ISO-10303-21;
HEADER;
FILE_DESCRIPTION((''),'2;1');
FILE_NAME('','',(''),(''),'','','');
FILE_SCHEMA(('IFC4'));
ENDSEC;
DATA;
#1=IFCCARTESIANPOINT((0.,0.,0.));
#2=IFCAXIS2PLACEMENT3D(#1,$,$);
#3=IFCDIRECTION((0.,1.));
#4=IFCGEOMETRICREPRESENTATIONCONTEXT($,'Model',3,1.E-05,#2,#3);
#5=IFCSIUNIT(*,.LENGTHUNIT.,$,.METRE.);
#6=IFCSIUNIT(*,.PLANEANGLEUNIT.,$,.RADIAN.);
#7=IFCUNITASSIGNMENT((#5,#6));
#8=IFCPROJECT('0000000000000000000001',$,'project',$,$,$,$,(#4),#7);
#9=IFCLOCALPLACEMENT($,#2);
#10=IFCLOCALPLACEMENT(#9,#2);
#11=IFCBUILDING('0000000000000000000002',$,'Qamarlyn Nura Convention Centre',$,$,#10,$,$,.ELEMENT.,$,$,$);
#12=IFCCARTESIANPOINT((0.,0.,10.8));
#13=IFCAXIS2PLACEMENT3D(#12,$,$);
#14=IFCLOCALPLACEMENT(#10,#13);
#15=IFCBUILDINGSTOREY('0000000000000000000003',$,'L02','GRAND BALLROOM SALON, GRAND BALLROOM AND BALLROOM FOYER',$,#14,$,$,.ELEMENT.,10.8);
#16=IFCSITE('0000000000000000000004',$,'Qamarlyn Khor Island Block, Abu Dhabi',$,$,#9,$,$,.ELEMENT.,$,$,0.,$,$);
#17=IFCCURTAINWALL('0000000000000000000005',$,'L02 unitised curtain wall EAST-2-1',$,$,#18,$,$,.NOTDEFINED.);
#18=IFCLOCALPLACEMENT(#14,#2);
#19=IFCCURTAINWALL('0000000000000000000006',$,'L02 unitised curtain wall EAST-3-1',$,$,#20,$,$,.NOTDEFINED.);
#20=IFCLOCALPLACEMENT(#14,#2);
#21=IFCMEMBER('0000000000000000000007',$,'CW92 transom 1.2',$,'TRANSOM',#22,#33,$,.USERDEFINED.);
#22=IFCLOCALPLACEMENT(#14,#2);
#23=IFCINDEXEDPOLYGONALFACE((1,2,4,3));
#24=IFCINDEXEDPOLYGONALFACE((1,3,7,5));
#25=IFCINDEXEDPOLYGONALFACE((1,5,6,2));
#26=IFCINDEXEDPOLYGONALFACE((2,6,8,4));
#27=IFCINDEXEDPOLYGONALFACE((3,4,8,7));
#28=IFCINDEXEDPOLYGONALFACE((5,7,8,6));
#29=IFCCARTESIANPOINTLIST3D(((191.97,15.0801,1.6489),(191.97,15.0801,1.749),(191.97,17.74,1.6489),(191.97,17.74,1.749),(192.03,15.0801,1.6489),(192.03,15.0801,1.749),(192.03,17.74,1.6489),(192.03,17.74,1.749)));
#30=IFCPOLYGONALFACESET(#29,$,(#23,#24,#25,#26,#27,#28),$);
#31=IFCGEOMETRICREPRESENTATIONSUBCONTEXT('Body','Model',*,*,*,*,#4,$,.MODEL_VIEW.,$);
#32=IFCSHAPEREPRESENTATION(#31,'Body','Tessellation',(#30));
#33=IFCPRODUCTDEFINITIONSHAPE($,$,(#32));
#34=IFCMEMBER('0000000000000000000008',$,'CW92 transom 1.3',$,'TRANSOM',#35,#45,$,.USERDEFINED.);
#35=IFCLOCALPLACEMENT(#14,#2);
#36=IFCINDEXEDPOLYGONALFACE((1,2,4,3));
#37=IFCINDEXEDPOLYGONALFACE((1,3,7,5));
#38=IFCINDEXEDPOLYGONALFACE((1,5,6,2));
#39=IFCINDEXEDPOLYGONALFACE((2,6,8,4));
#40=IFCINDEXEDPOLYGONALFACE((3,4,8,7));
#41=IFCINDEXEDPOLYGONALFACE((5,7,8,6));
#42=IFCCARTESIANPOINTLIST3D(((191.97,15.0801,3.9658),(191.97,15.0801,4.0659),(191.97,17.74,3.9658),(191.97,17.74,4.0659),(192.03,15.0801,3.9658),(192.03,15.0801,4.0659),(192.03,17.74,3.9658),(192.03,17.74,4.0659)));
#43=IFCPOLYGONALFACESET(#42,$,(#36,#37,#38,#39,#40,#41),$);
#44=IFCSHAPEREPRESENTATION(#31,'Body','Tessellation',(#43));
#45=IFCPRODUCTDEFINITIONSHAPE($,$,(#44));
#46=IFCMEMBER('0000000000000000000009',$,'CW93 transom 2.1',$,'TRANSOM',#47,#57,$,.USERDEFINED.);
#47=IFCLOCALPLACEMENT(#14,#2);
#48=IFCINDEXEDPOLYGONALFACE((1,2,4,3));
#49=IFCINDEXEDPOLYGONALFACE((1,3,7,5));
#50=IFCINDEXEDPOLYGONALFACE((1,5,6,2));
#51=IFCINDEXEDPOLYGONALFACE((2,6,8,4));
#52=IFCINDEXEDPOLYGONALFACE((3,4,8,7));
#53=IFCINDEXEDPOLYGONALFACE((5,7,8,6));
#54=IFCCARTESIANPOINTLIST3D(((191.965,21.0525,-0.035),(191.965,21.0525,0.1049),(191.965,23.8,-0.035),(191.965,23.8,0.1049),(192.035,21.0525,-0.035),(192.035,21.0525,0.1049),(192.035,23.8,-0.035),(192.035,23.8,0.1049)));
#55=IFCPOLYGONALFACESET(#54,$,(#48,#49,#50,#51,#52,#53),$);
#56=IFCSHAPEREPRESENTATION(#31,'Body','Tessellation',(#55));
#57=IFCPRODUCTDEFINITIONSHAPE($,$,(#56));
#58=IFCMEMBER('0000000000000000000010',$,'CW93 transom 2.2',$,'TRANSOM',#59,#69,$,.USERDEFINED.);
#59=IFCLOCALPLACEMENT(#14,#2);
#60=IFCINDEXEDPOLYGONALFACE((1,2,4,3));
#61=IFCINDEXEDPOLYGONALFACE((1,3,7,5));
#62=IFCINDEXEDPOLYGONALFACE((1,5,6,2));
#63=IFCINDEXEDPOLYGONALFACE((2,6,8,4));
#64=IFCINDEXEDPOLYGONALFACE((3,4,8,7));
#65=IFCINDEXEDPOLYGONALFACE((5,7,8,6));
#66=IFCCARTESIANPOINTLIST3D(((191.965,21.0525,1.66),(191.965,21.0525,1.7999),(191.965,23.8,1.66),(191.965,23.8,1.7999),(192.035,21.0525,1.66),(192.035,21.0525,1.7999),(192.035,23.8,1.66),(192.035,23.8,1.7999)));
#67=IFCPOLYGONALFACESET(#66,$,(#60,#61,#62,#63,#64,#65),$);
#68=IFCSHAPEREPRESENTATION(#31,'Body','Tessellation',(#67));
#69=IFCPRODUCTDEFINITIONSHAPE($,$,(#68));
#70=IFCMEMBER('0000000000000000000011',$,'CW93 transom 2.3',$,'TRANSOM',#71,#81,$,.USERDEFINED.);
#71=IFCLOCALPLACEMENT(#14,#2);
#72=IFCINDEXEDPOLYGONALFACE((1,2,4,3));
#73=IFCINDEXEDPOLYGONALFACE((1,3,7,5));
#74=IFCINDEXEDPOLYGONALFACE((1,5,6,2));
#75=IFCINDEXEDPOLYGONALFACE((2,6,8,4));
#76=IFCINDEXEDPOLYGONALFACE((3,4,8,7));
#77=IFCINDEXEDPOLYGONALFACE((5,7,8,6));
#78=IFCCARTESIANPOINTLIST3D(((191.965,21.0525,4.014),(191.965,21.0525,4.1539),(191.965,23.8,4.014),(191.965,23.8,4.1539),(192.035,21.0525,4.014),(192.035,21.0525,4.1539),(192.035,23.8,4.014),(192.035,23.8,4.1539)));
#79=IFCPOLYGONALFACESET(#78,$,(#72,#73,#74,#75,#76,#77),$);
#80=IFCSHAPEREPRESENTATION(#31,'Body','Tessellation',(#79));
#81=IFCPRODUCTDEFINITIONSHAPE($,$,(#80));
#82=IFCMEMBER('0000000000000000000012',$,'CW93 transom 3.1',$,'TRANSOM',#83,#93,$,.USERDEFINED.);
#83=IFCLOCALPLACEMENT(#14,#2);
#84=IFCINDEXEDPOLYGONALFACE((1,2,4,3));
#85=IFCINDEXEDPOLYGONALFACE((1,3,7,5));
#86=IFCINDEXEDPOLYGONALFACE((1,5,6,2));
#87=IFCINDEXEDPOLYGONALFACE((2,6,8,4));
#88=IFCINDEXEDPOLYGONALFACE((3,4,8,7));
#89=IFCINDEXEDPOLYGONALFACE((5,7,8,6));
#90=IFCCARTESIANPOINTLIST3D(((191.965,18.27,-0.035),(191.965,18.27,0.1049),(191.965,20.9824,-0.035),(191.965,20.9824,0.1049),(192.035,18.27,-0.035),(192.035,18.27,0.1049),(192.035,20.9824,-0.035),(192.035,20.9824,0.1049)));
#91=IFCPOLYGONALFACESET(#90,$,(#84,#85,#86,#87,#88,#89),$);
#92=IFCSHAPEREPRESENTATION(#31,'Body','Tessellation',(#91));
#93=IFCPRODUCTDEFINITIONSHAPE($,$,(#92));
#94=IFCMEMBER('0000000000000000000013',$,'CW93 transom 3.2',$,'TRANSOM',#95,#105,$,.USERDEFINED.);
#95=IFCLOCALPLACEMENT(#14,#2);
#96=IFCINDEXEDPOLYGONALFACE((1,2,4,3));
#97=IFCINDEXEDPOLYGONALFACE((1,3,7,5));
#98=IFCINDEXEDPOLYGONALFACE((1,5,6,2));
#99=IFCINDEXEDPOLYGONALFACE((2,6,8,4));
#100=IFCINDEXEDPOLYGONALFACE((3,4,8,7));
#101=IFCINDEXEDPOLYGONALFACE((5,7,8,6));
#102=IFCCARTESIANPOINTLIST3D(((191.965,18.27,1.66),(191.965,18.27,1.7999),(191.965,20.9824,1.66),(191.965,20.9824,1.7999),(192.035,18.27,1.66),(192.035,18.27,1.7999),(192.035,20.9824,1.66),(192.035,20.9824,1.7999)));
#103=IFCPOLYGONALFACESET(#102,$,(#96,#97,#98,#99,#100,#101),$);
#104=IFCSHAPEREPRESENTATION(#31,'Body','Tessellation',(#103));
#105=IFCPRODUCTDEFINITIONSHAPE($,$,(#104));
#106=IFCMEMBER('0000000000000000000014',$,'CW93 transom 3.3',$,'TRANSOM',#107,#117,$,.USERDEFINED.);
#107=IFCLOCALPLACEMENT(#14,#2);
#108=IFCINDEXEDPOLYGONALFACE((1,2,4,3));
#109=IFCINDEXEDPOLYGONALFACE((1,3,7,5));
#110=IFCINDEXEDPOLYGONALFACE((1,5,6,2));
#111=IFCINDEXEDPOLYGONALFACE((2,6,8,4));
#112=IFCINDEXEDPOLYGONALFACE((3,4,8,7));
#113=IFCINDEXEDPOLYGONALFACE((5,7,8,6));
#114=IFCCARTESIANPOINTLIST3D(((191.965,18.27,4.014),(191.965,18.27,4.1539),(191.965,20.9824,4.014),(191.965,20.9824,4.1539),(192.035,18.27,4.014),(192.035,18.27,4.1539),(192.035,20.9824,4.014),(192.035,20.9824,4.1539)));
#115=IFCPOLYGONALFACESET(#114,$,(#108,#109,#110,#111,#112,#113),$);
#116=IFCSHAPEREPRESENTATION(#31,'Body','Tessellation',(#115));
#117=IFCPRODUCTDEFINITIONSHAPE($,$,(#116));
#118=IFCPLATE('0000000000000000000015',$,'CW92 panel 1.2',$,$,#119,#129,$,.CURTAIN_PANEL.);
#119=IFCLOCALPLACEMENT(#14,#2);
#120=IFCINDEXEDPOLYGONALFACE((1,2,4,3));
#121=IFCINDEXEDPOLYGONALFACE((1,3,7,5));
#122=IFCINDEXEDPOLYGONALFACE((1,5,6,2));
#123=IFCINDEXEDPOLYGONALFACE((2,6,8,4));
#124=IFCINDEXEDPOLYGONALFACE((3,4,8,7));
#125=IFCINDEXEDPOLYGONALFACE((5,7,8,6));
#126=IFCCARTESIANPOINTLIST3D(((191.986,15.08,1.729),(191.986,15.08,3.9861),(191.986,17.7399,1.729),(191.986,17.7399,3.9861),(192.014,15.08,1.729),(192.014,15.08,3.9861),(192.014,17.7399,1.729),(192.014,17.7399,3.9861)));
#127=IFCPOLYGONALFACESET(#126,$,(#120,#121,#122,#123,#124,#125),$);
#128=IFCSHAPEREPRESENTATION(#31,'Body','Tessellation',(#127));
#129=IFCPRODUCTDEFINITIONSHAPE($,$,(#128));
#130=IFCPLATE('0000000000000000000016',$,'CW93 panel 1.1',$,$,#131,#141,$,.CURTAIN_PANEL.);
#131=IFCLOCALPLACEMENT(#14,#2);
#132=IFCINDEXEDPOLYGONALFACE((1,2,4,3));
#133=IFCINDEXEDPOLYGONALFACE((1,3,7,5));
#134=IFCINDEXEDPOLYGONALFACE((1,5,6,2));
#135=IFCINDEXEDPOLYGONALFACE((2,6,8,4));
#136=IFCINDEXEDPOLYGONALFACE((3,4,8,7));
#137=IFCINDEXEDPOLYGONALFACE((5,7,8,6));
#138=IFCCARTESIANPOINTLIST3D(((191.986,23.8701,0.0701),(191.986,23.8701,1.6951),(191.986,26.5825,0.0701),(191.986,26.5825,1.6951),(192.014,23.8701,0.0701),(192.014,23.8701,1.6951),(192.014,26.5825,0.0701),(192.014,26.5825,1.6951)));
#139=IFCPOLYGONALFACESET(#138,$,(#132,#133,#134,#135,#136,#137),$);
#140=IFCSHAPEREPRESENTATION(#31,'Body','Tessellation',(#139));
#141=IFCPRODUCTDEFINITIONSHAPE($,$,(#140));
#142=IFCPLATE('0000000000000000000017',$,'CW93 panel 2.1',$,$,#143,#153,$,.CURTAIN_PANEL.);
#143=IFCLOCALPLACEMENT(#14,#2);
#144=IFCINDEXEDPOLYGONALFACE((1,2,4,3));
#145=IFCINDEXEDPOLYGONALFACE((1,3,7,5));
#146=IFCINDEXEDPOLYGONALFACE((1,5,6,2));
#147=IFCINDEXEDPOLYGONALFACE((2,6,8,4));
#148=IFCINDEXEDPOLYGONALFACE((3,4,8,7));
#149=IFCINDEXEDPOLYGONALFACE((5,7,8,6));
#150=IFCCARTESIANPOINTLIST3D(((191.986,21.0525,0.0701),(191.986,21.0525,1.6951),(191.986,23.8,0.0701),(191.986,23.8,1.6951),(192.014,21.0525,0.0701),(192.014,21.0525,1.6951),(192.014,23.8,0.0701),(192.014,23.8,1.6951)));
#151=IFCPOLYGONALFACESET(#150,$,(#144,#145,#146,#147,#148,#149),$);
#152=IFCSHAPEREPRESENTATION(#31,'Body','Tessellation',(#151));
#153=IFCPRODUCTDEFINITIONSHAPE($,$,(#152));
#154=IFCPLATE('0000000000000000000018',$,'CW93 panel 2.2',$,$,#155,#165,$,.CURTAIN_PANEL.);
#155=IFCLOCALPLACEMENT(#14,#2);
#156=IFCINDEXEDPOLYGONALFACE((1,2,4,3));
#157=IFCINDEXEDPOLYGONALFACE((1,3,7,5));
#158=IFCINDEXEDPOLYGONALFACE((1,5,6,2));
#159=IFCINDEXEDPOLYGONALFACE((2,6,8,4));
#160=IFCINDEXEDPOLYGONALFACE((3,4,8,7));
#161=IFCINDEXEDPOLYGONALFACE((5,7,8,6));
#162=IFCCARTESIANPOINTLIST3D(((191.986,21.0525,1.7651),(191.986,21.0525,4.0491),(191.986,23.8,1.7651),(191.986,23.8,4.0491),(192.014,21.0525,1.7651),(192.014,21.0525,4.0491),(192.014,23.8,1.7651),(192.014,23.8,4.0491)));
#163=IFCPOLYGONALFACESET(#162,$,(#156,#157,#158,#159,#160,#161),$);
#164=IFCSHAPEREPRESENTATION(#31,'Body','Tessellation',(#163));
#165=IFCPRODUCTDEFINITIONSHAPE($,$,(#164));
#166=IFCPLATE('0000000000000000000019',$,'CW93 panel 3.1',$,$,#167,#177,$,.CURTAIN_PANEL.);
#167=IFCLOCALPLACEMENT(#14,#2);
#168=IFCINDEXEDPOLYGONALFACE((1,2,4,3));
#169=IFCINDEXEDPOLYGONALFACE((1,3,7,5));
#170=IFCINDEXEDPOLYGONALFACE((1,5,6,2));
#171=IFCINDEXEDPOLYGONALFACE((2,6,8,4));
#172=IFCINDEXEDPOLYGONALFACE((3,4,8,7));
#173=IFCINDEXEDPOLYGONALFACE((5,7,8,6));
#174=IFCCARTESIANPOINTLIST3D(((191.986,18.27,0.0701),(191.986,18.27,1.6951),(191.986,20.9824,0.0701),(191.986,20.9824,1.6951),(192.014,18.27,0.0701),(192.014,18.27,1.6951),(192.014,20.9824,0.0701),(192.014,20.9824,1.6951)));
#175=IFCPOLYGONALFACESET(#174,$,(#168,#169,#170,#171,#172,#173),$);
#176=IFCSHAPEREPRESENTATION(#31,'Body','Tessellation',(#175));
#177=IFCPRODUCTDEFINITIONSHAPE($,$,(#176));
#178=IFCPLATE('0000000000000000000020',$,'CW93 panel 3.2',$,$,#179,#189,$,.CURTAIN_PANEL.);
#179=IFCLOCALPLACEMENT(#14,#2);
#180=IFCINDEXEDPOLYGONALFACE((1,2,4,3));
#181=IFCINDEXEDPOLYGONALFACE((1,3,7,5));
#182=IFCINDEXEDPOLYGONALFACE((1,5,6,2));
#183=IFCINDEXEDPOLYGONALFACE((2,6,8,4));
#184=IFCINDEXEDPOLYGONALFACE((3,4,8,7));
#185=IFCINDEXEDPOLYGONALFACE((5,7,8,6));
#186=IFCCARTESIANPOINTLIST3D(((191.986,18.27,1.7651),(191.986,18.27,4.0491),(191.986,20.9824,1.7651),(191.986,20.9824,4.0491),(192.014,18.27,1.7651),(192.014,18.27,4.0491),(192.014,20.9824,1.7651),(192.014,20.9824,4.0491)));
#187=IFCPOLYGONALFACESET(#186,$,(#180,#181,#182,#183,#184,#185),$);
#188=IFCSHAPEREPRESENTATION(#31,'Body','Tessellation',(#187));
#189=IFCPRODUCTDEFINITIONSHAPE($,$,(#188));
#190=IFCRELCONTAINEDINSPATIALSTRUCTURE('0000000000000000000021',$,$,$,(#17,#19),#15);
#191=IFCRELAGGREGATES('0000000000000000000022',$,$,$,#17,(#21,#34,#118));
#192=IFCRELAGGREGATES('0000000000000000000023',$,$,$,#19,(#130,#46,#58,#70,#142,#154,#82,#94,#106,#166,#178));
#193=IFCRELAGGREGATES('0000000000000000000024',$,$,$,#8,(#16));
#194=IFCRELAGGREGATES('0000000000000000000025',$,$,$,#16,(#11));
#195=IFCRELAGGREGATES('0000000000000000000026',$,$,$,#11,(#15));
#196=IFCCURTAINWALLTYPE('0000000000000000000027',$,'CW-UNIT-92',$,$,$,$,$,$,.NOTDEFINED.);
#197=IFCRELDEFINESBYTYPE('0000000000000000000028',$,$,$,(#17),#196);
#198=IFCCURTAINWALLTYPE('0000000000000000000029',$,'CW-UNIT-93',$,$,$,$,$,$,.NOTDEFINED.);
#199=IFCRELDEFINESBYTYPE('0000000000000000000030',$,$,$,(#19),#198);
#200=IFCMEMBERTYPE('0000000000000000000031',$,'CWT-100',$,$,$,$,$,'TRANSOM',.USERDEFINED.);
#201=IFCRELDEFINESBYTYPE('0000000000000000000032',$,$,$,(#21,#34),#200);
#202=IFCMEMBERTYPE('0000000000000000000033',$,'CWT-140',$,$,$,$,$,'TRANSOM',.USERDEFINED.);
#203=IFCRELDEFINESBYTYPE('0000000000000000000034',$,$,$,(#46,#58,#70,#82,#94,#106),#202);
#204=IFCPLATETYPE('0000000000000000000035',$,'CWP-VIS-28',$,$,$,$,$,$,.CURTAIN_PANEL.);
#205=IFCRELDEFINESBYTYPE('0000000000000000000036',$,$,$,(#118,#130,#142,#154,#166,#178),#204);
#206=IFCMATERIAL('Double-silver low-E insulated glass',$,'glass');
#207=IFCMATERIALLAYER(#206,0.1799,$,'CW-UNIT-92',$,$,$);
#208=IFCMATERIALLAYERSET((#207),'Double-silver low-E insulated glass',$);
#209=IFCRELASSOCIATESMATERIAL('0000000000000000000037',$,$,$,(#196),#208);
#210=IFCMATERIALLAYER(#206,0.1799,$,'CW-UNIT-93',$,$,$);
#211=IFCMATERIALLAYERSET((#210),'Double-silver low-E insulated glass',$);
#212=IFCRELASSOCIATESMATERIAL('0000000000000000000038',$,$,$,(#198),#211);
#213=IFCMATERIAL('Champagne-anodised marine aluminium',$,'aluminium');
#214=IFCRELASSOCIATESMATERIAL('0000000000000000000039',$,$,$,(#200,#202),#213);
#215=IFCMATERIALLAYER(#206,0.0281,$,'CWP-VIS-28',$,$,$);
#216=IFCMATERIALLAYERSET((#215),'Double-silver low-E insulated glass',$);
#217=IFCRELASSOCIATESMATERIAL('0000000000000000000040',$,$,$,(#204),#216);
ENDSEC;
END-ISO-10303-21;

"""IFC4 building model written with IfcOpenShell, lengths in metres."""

from ifc_helpers import new_model, si_unit, direction, frame, origin, origin_2d, place, context, subcontext, project, spatial, rectangle, extrude, material, layer, layer_set, material_profile, profile_set, type_object, element, aggregate, save


model = new_model("IFC4")

# Units and contexts
model_context = context("Model", 3, precision=1e-05, world=origin(), true_north=direction((0.0, 1.0)))
body_context = subcontext(model_context, "Body", "Model", "MODEL_VIEW")
ifc_project = project(units=[si_unit("LENGTHUNIT", "METRE"), si_unit("PLANEANGLEUNIT", "RADIAN")], contexts=[model_context])

# Site, building, storey
site_placement = place(None, origin())
site = spatial("IfcSite", under=ifc_project, at=site_placement, Name="Qamarlyn Khor Island Block, Abu Dhabi", CompositionType="ELEMENT", RefElevation=0.0)
building_placement = place(site_placement, origin())
building = spatial("IfcBuilding", under=site, at=building_placement, Name="Qamarlyn Nura Convention Centre", CompositionType="ELEMENT")
storey_placement = place(building_placement, frame((0.0, 0.0, 10.8)))
storey = spatial("IfcBuildingStorey", under=building, at=storey_placement, Name="L02", Description="GRAND BALLROOM SALON, GRAND BALLROOM AND BALLROOM FOYER", CompositionType="ELEMENT", Elevation=10.8)

# Curtain wall
ifc_material_1 = material(Name="Double-silver low-E insulated glass", Category="glass")
ifc_layer_1 = layer(ifc_material_1, 0.1799, Name="CW-UNIT-92")
ifc_layer_set_1 = layer_set([ifc_layer_1], Name="Double-silver low-E insulated glass")
curtain_wall_type_1 = type_object("IfcCurtainWallType", Name="CW-UNIT-92", PredefinedType="NOTDEFINED", material=ifc_layer_set_1)
curtain_wall_1_placement = place(storey_placement, origin())
curtain_wall_1 = element("IfcCurtainWall", 1, at=curtain_wall_1_placement, inside=storey, type_object=curtain_wall_type_1, Name="L02 unitised curtain wall EAST-2-1", PredefinedType="NOTDEFINED")
ifc_material_2 = material(Name="Champagne-anodised marine aluminium", Category="aluminium")

# Curtain wall
ifc_layer_2 = layer(ifc_material_1, 0.1799, Name="CW-UNIT-93")
ifc_layer_set_2 = layer_set([ifc_layer_2], Name="Double-silver low-E insulated glass")
curtain_wall_type_2 = type_object("IfcCurtainWallType", Name="CW-UNIT-93", PredefinedType="NOTDEFINED", material=ifc_layer_set_2)
curtain_wall_2_placement = place(storey_placement, origin())
curtain_wall_2 = element("IfcCurtainWall", 2, at=curtain_wall_2_placement, inside=storey, type_object=curtain_wall_type_2, Name="L02 unitised curtain wall EAST-3-1", PredefinedType="NOTDEFINED")

# Members
ifc_material_profile_1 = material_profile(ifc_material_2, rectangle(XDim=0.0601, YDim=0.1001, at=origin_2d()), Name="ALU TRANSOM 60x100")
ifc_profile_set_1 = profile_set([ifc_material_profile_1], Name="Champagne-anodised marine aluminium")
member_type_1 = type_object("IfcMemberType", Name="CWT-100", ElementType="TRANSOM", PredefinedType="USERDEFINED", material=ifc_profile_set_1)
member_1_placement = place(storey_placement, frame((192.0, 17.74, 1.699), z_axis=(0.0, -1.0, 0.0), x_axis=(1.0, 0.0, 0.0)))
member_1 = element("IfcMember", 3, at=member_1_placement, type_object=member_type_1, Name="CW92 transom 1.2", ObjectType="TRANSOM", PredefinedType="USERDEFINED", context=body_context, shape_type="SweptSolid", body=[
    extrude(rectangle(XDim=0.0601, YDim=0.1001, at=origin_2d()), origin(), (0.0, 0.0, 1.0), 2.6599),
])
member_2_placement = place(storey_placement, frame((192.0, 17.74, 4.0159), z_axis=(0.0, -1.0, 0.0), x_axis=(1.0, 0.0, 0.0)))
member_2 = element("IfcMember", 4, at=member_2_placement, type_object=member_type_1, Name="CW92 transom 1.3", ObjectType="TRANSOM", PredefinedType="USERDEFINED", context=body_context, shape_type="SweptSolid", body=[
    extrude(rectangle(XDim=0.0601, YDim=0.1001, at=origin_2d()), origin(), (0.0, 0.0, 1.0), 2.6599),
])
ifc_material_profile_2 = material_profile(ifc_material_2, rectangle(XDim=0.0701, YDim=0.1399, at=origin_2d()), Name="ALU TRANSOM 70x140")
ifc_profile_set_2 = profile_set([ifc_material_profile_2], Name="Champagne-anodised marine aluminium")
member_type_2 = type_object("IfcMemberType", Name="CWT-140", ElementType="TRANSOM", PredefinedType="USERDEFINED", material=ifc_profile_set_2)
member_3_placement = place(storey_placement, frame((192.0, 23.8, 0.0349), z_axis=(0.0, -1.0, 0.0), x_axis=(1.0, 0.0, 0.0)))
member_3 = element("IfcMember", 5, at=member_3_placement, type_object=member_type_2, Name="CW93 transom 2.1", ObjectType="TRANSOM", PredefinedType="USERDEFINED", context=body_context, shape_type="SweptSolid", body=[
    extrude(rectangle(XDim=0.0701, YDim=0.1399, at=origin_2d()), origin(), (0.0, 0.0, 1.0), 2.7476),
])
member_4_placement = place(storey_placement, frame((192.0, 23.8, 1.73), z_axis=(0.0, -1.0, 0.0), x_axis=(1.0, 0.0, 0.0)))
member_4 = element("IfcMember", 6, at=member_4_placement, type_object=member_type_2, Name="CW93 transom 2.2", ObjectType="TRANSOM", PredefinedType="USERDEFINED", context=body_context, shape_type="SweptSolid", body=[
    extrude(rectangle(XDim=0.0701, YDim=0.1399, at=origin_2d()), origin(), (0.0, 0.0, 1.0), 2.7476),
])
member_5_placement = place(storey_placement, frame((192.0, 23.8, 4.084), z_axis=(0.0, -1.0, 0.0), x_axis=(1.0, 0.0, 0.0)))
member_5 = element("IfcMember", 7, at=member_5_placement, type_object=member_type_2, Name="CW93 transom 2.3", ObjectType="TRANSOM", PredefinedType="USERDEFINED", context=body_context, shape_type="SweptSolid", body=[
    extrude(rectangle(XDim=0.0701, YDim=0.1399, at=origin_2d()), origin(), (0.0, 0.0, 1.0), 2.7476),
])
member_6_placement = place(storey_placement, frame((192.0, 20.9824, 0.0349), z_axis=(0.0, -1.0, 0.0), x_axis=(1.0, 0.0, 0.0)))
member_6 = element("IfcMember", 8, at=member_6_placement, type_object=member_type_2, Name="CW93 transom 3.1", ObjectType="TRANSOM", PredefinedType="USERDEFINED", context=body_context, shape_type="SweptSolid", body=[
    extrude(rectangle(XDim=0.0701, YDim=0.1399, at=origin_2d()), origin(), (0.0, 0.0, 1.0), 2.7124),
])
member_7_placement = place(storey_placement, frame((192.0, 20.9824, 1.73), z_axis=(0.0, -1.0, 0.0), x_axis=(1.0, 0.0, 0.0)))
member_7 = element("IfcMember", 9, at=member_7_placement, type_object=member_type_2, Name="CW93 transom 3.2", ObjectType="TRANSOM", PredefinedType="USERDEFINED", context=body_context, shape_type="SweptSolid", body=[
    extrude(rectangle(XDim=0.0701, YDim=0.1399, at=origin_2d()), origin(), (0.0, 0.0, 1.0), 2.7124),
])
member_8_placement = place(storey_placement, frame((192.0, 20.9824, 4.084), z_axis=(0.0, -1.0, 0.0), x_axis=(1.0, 0.0, 0.0)))
member_8 = element("IfcMember", 10, at=member_8_placement, type_object=member_type_2, Name="CW93 transom 3.3", ObjectType="TRANSOM", PredefinedType="USERDEFINED", context=body_context, shape_type="SweptSolid", body=[
    extrude(rectangle(XDim=0.0701, YDim=0.1399, at=origin_2d()), origin(), (0.0, 0.0, 1.0), 2.7124),
])

# Plates
ifc_layer_3 = layer(ifc_material_1, 0.0281, Name="CWP-VIS-28")
ifc_layer_set_3 = layer_set([ifc_layer_3], Name="Double-silver low-E insulated glass")
plate_type = type_object("IfcPlateType", Name="CWP-VIS-28", PredefinedType="CURTAIN_PANEL", material=ifc_layer_set_3)
plate_1_placement = place(storey_placement, frame((192.0, 16.4099, 1.729), z_axis=(0.0, 0.0, 1.0), x_axis=(0.0, -1.0, 0.0)))
plate_1 = element("IfcPlate", 11, at=plate_1_placement, type_object=plate_type, Name="CW92 panel 1.2", PredefinedType="CURTAIN_PANEL", context=body_context, shape_type="SweptSolid", body=[
    extrude(rectangle(XDim=2.6599, YDim=0.0281, at=origin_2d()), origin(), (0.0, 0.0, 1.0), 2.2571),
])
aggregate(curtain_wall_1, [member_1, member_2, plate_1])
plate_2_placement = place(storey_placement, frame((192.0, 25.2263, 0.0701), z_axis=(0.0, 0.0, 1.0), x_axis=(0.0, -1.0, 0.0)))
plate_2 = element("IfcPlate", 12, at=plate_2_placement, type_object=plate_type, Name="CW93 panel 1.1", PredefinedType="CURTAIN_PANEL", context=body_context, shape_type="SweptSolid", body=[
    extrude(rectangle(XDim=2.7124, YDim=0.0281, at=origin_2d()), origin(), (0.0, 0.0, 1.0), 1.625),
])
plate_3_placement = place(storey_placement, frame((192.0, 22.4263, 0.0701), z_axis=(0.0, 0.0, 1.0), x_axis=(0.0, -1.0, 0.0)))
plate_3 = element("IfcPlate", 13, at=plate_3_placement, type_object=plate_type, Name="CW93 panel 2.1", PredefinedType="CURTAIN_PANEL", context=body_context, shape_type="SweptSolid", body=[
    extrude(rectangle(XDim=2.7476, YDim=0.0281, at=origin_2d()), origin(), (0.0, 0.0, 1.0), 1.625),
])
plate_4_placement = place(storey_placement, frame((192.0, 22.4263, 1.7651), z_axis=(0.0, 0.0, 1.0), x_axis=(0.0, -1.0, 0.0)))
plate_4 = element("IfcPlate", 14, at=plate_4_placement, type_object=plate_type, Name="CW93 panel 2.2", PredefinedType="CURTAIN_PANEL", context=body_context, shape_type="SweptSolid", body=[
    extrude(rectangle(XDim=2.7476, YDim=0.0281, at=origin_2d()), origin(), (0.0, 0.0, 1.0), 2.2839),
])
plate_5_placement = place(storey_placement, frame((192.0, 19.6262, 0.0701), z_axis=(0.0, 0.0, 1.0), x_axis=(0.0, -1.0, 0.0)))
plate_5 = element("IfcPlate", 15, at=plate_5_placement, type_object=plate_type, Name="CW93 panel 3.1", PredefinedType="CURTAIN_PANEL", context=body_context, shape_type="SweptSolid", body=[
    extrude(rectangle(XDim=2.7124, YDim=0.0281, at=origin_2d()), origin(), (0.0, 0.0, 1.0), 1.625),
])
plate_6_placement = place(storey_placement, frame((192.0, 19.6262, 1.7651), z_axis=(0.0, 0.0, 1.0), x_axis=(0.0, -1.0, 0.0)))
plate_6 = element("IfcPlate", 16, at=plate_6_placement, type_object=plate_type, Name="CW93 panel 3.2", PredefinedType="CURTAIN_PANEL", context=body_context, shape_type="SweptSolid", body=[
    extrude(rectangle(XDim=2.7124, YDim=0.0281, at=origin_2d()), origin(), (0.0, 0.0, 1.0), 2.2839),
])
aggregate(curtain_wall_2, [plate_2, member_3, member_4, member_5, plate_3, plate_4, member_6, member_7, member_8, plate_5, plate_6])

save(model, "model.ifc")
